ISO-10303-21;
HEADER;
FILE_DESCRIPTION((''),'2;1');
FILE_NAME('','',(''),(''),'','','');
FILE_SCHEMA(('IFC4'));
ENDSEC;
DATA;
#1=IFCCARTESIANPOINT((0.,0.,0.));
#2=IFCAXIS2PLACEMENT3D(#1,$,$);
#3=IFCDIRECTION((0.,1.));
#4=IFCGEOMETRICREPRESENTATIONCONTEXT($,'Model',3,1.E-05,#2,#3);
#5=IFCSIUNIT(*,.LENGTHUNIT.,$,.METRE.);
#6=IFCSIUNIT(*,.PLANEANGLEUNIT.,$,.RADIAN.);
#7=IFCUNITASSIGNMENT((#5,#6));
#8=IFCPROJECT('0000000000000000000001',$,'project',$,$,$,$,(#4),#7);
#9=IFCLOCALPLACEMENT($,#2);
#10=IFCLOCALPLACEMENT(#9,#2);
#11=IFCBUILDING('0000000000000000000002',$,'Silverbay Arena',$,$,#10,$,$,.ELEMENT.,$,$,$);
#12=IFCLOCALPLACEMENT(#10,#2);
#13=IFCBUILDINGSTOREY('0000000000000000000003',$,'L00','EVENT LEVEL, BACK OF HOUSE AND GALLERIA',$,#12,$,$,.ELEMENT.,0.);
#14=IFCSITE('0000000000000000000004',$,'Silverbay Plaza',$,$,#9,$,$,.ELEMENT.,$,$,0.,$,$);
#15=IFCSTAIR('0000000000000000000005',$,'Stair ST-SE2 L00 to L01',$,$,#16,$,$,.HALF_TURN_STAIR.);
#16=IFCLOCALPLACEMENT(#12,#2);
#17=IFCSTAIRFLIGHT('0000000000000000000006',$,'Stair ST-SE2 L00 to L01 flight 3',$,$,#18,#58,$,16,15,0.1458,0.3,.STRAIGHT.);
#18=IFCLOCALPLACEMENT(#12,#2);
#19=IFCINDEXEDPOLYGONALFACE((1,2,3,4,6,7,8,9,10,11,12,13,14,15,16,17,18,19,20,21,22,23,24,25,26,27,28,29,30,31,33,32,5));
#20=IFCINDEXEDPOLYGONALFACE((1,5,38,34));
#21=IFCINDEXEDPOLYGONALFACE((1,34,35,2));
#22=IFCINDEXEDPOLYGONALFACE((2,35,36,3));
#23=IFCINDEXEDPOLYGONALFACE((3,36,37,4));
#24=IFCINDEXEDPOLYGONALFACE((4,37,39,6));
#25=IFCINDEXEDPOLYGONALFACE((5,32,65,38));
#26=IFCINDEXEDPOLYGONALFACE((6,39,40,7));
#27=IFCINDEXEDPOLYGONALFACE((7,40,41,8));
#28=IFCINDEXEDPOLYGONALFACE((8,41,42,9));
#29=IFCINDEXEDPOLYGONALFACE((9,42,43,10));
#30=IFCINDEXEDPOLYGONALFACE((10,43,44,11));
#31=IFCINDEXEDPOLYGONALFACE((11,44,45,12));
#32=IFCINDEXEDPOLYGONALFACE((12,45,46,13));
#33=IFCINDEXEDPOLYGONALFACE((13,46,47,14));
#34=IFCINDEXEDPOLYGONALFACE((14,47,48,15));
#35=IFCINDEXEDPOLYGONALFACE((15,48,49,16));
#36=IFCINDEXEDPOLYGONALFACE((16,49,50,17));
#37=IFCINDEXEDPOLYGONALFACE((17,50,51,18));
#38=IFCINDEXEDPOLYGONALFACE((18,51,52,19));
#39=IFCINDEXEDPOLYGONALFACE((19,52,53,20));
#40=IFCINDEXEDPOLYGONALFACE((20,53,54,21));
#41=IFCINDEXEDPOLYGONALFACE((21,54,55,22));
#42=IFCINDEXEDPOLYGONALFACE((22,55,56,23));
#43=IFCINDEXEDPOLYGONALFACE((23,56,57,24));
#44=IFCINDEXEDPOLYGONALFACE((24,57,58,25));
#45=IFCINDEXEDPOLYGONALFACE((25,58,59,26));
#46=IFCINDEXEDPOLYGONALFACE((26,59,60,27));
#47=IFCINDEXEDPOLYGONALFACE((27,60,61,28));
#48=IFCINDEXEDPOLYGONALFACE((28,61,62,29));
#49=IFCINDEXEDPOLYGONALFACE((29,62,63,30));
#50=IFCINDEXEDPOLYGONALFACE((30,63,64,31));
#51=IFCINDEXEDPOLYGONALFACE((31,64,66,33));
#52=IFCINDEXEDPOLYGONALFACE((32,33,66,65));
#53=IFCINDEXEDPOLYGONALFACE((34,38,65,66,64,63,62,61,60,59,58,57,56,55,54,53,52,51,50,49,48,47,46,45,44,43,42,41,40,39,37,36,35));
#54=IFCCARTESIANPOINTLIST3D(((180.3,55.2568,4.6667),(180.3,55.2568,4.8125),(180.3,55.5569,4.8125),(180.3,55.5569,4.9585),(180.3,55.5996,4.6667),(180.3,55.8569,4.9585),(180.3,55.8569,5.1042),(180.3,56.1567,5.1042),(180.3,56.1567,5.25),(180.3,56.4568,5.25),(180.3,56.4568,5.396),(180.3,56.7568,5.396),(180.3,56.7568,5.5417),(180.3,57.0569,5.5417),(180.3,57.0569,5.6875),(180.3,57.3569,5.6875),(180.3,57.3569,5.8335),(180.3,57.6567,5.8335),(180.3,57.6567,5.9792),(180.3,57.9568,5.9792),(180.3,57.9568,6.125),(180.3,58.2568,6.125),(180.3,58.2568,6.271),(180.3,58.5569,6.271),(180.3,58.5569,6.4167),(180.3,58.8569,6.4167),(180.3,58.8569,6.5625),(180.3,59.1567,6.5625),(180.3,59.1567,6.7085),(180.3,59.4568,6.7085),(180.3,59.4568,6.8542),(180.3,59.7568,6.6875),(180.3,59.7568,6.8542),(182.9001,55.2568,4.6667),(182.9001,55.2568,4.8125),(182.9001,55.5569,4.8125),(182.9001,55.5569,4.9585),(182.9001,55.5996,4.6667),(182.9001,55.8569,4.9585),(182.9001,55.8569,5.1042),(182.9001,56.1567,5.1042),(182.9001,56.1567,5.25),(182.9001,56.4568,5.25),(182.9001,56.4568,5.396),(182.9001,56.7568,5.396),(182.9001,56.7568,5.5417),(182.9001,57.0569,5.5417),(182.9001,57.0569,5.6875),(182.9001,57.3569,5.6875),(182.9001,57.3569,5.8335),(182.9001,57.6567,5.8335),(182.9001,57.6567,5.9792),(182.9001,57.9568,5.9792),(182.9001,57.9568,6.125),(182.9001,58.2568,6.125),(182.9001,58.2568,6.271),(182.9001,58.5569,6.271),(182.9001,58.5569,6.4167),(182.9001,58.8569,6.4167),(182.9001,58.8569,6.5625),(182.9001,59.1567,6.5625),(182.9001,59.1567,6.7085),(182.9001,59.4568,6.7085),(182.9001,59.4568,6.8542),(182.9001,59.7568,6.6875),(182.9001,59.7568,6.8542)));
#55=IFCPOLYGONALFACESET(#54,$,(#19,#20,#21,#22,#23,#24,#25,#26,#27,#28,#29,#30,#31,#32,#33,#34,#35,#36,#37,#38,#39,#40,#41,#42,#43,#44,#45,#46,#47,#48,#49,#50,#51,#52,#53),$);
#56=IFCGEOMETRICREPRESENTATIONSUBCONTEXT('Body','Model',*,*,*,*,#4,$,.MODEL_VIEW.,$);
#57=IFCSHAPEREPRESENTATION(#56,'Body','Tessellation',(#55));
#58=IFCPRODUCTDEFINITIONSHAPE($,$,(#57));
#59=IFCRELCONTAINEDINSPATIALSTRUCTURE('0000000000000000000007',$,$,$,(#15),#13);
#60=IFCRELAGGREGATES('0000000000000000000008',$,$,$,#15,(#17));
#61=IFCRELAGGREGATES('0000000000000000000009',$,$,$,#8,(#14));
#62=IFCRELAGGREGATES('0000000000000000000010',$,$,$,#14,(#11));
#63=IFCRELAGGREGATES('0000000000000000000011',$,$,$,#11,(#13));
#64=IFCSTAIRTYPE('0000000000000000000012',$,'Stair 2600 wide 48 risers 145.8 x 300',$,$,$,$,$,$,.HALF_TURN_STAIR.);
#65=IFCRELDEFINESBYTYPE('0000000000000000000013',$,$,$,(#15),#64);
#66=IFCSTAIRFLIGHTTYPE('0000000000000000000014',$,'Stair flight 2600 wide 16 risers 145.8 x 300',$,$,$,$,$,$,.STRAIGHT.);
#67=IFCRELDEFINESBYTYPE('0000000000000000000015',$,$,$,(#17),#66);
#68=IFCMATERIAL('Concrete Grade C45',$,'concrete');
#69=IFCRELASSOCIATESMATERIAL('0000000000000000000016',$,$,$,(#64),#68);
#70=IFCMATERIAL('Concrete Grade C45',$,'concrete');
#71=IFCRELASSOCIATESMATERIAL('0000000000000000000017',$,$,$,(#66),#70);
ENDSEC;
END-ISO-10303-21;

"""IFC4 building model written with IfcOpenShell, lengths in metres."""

from ifc_helpers import new_model, si_unit, direction, frame, origin, place, context, subcontext, project, spatial, polyline, outline, extrude, material, type_object, element, aggregate, save


model = new_model("IFC4")

# Units and contexts
model_context = context("Model", 3, precision=1e-05, world=origin(), true_north=direction((0.0, 1.0)))
body_context = subcontext(model_context, "Body", "Model", "MODEL_VIEW")
ifc_project = project(units=[si_unit("LENGTHUNIT", "METRE"), si_unit("PLANEANGLEUNIT", "RADIAN")], contexts=[model_context])

# Site, building, storey
site_placement = place(None, origin())
site = spatial("IfcSite", under=ifc_project, at=site_placement, Name="Silverbay Plaza", CompositionType="ELEMENT", RefElevation=0.0)
building_placement = place(site_placement, origin())
building = spatial("IfcBuilding", under=site, at=building_placement, Name="Silverbay Arena", CompositionType="ELEMENT")
storey_placement = place(building_placement, origin())
storey = spatial("IfcBuildingStorey", under=building, at=storey_placement, Name="L00", Description="EVENT LEVEL, BACK OF HOUSE AND GALLERIA", CompositionType="ELEMENT", Elevation=0.0)

# Stair, stair flight
ifc_material_1 = material(Name="Concrete Grade C45", Category="concrete")
stair_type = type_object("IfcStairType", Name="Stair 2600 wide 48 risers 145.8 x 300", PredefinedType="HALF_TURN_STAIR", material=ifc_material_1)
stair_placement = place(storey_placement, origin())
stair = element("IfcStair", 1, at=stair_placement, inside=storey, type_object=stair_type, Name="Stair ST-SE2 L00 to L01", PredefinedType="HALF_TURN_STAIR")
ifc_material_2 = material(Name="Concrete Grade C45", Category="concrete")
stair_flight_type = type_object("IfcStairFlightType", Name="Stair flight 2600 wide 16 risers 145.8 x 300", PredefinedType="STRAIGHT", material=ifc_material_2)
stair_flight_1_placement = place(storey_placement, frame((181.6001, 55.2568, 4.6667), z_axis=(0.0, 0.0, 1.0), x_axis=(0.0, 1.0, 0.0)))
stair_flight_1 = element("IfcStairFlight", 2, at=stair_flight_1_placement, type_object=stair_flight_type, Name="Stair ST-SE2 L00 to L01 flight 3", NumberOfRisers=16, NumberOfTreads=15, PredefinedType="STRAIGHT", RiserHeight=0.1458, TreadLength=0.3, context=body_context, shape_type="SweptSolid", body=[
    extrude(outline(polyline([(0.0, 0.0), (0.0, 0.1458), (0.3, 0.1458), (0.3, 0.2917), (0.6001, 0.2917), (0.6001, 0.4375), (0.8999, 0.4375), (0.8999, 0.5833), (1.2, 0.5833), (1.2, 0.7292), (1.5, 0.7292), (1.5, 0.875), (1.8, 0.875), (1.8, 1.0208), (2.1001, 1.0208), (2.1001, 1.1667), (2.3999, 1.1667), (2.3999, 1.3125), (2.7, 1.3125), (2.7, 1.4583), (3.0, 1.4583), (3.0, 1.6042), (3.3, 1.6042), (3.3, 1.75), (3.6001, 1.75), (3.6001, 1.8958), (3.8999, 1.8958), (3.8999, 2.0417), (4.2, 2.0417), (4.2, 2.1875), (4.5, 2.1875), (4.5, 2.0208), (0.3428, 0.0), (0.0, 0.0)])), frame((0.0, 1.3, 0.0), z_axis=(0.0, -1.0, 0.0), x_axis=(1.0, 0.0, 0.0)), (0.0, 0.0, 1.0), 2.6001),
])
aggregate(stair, [stair_flight_1])

save(model, "model.ifc")
